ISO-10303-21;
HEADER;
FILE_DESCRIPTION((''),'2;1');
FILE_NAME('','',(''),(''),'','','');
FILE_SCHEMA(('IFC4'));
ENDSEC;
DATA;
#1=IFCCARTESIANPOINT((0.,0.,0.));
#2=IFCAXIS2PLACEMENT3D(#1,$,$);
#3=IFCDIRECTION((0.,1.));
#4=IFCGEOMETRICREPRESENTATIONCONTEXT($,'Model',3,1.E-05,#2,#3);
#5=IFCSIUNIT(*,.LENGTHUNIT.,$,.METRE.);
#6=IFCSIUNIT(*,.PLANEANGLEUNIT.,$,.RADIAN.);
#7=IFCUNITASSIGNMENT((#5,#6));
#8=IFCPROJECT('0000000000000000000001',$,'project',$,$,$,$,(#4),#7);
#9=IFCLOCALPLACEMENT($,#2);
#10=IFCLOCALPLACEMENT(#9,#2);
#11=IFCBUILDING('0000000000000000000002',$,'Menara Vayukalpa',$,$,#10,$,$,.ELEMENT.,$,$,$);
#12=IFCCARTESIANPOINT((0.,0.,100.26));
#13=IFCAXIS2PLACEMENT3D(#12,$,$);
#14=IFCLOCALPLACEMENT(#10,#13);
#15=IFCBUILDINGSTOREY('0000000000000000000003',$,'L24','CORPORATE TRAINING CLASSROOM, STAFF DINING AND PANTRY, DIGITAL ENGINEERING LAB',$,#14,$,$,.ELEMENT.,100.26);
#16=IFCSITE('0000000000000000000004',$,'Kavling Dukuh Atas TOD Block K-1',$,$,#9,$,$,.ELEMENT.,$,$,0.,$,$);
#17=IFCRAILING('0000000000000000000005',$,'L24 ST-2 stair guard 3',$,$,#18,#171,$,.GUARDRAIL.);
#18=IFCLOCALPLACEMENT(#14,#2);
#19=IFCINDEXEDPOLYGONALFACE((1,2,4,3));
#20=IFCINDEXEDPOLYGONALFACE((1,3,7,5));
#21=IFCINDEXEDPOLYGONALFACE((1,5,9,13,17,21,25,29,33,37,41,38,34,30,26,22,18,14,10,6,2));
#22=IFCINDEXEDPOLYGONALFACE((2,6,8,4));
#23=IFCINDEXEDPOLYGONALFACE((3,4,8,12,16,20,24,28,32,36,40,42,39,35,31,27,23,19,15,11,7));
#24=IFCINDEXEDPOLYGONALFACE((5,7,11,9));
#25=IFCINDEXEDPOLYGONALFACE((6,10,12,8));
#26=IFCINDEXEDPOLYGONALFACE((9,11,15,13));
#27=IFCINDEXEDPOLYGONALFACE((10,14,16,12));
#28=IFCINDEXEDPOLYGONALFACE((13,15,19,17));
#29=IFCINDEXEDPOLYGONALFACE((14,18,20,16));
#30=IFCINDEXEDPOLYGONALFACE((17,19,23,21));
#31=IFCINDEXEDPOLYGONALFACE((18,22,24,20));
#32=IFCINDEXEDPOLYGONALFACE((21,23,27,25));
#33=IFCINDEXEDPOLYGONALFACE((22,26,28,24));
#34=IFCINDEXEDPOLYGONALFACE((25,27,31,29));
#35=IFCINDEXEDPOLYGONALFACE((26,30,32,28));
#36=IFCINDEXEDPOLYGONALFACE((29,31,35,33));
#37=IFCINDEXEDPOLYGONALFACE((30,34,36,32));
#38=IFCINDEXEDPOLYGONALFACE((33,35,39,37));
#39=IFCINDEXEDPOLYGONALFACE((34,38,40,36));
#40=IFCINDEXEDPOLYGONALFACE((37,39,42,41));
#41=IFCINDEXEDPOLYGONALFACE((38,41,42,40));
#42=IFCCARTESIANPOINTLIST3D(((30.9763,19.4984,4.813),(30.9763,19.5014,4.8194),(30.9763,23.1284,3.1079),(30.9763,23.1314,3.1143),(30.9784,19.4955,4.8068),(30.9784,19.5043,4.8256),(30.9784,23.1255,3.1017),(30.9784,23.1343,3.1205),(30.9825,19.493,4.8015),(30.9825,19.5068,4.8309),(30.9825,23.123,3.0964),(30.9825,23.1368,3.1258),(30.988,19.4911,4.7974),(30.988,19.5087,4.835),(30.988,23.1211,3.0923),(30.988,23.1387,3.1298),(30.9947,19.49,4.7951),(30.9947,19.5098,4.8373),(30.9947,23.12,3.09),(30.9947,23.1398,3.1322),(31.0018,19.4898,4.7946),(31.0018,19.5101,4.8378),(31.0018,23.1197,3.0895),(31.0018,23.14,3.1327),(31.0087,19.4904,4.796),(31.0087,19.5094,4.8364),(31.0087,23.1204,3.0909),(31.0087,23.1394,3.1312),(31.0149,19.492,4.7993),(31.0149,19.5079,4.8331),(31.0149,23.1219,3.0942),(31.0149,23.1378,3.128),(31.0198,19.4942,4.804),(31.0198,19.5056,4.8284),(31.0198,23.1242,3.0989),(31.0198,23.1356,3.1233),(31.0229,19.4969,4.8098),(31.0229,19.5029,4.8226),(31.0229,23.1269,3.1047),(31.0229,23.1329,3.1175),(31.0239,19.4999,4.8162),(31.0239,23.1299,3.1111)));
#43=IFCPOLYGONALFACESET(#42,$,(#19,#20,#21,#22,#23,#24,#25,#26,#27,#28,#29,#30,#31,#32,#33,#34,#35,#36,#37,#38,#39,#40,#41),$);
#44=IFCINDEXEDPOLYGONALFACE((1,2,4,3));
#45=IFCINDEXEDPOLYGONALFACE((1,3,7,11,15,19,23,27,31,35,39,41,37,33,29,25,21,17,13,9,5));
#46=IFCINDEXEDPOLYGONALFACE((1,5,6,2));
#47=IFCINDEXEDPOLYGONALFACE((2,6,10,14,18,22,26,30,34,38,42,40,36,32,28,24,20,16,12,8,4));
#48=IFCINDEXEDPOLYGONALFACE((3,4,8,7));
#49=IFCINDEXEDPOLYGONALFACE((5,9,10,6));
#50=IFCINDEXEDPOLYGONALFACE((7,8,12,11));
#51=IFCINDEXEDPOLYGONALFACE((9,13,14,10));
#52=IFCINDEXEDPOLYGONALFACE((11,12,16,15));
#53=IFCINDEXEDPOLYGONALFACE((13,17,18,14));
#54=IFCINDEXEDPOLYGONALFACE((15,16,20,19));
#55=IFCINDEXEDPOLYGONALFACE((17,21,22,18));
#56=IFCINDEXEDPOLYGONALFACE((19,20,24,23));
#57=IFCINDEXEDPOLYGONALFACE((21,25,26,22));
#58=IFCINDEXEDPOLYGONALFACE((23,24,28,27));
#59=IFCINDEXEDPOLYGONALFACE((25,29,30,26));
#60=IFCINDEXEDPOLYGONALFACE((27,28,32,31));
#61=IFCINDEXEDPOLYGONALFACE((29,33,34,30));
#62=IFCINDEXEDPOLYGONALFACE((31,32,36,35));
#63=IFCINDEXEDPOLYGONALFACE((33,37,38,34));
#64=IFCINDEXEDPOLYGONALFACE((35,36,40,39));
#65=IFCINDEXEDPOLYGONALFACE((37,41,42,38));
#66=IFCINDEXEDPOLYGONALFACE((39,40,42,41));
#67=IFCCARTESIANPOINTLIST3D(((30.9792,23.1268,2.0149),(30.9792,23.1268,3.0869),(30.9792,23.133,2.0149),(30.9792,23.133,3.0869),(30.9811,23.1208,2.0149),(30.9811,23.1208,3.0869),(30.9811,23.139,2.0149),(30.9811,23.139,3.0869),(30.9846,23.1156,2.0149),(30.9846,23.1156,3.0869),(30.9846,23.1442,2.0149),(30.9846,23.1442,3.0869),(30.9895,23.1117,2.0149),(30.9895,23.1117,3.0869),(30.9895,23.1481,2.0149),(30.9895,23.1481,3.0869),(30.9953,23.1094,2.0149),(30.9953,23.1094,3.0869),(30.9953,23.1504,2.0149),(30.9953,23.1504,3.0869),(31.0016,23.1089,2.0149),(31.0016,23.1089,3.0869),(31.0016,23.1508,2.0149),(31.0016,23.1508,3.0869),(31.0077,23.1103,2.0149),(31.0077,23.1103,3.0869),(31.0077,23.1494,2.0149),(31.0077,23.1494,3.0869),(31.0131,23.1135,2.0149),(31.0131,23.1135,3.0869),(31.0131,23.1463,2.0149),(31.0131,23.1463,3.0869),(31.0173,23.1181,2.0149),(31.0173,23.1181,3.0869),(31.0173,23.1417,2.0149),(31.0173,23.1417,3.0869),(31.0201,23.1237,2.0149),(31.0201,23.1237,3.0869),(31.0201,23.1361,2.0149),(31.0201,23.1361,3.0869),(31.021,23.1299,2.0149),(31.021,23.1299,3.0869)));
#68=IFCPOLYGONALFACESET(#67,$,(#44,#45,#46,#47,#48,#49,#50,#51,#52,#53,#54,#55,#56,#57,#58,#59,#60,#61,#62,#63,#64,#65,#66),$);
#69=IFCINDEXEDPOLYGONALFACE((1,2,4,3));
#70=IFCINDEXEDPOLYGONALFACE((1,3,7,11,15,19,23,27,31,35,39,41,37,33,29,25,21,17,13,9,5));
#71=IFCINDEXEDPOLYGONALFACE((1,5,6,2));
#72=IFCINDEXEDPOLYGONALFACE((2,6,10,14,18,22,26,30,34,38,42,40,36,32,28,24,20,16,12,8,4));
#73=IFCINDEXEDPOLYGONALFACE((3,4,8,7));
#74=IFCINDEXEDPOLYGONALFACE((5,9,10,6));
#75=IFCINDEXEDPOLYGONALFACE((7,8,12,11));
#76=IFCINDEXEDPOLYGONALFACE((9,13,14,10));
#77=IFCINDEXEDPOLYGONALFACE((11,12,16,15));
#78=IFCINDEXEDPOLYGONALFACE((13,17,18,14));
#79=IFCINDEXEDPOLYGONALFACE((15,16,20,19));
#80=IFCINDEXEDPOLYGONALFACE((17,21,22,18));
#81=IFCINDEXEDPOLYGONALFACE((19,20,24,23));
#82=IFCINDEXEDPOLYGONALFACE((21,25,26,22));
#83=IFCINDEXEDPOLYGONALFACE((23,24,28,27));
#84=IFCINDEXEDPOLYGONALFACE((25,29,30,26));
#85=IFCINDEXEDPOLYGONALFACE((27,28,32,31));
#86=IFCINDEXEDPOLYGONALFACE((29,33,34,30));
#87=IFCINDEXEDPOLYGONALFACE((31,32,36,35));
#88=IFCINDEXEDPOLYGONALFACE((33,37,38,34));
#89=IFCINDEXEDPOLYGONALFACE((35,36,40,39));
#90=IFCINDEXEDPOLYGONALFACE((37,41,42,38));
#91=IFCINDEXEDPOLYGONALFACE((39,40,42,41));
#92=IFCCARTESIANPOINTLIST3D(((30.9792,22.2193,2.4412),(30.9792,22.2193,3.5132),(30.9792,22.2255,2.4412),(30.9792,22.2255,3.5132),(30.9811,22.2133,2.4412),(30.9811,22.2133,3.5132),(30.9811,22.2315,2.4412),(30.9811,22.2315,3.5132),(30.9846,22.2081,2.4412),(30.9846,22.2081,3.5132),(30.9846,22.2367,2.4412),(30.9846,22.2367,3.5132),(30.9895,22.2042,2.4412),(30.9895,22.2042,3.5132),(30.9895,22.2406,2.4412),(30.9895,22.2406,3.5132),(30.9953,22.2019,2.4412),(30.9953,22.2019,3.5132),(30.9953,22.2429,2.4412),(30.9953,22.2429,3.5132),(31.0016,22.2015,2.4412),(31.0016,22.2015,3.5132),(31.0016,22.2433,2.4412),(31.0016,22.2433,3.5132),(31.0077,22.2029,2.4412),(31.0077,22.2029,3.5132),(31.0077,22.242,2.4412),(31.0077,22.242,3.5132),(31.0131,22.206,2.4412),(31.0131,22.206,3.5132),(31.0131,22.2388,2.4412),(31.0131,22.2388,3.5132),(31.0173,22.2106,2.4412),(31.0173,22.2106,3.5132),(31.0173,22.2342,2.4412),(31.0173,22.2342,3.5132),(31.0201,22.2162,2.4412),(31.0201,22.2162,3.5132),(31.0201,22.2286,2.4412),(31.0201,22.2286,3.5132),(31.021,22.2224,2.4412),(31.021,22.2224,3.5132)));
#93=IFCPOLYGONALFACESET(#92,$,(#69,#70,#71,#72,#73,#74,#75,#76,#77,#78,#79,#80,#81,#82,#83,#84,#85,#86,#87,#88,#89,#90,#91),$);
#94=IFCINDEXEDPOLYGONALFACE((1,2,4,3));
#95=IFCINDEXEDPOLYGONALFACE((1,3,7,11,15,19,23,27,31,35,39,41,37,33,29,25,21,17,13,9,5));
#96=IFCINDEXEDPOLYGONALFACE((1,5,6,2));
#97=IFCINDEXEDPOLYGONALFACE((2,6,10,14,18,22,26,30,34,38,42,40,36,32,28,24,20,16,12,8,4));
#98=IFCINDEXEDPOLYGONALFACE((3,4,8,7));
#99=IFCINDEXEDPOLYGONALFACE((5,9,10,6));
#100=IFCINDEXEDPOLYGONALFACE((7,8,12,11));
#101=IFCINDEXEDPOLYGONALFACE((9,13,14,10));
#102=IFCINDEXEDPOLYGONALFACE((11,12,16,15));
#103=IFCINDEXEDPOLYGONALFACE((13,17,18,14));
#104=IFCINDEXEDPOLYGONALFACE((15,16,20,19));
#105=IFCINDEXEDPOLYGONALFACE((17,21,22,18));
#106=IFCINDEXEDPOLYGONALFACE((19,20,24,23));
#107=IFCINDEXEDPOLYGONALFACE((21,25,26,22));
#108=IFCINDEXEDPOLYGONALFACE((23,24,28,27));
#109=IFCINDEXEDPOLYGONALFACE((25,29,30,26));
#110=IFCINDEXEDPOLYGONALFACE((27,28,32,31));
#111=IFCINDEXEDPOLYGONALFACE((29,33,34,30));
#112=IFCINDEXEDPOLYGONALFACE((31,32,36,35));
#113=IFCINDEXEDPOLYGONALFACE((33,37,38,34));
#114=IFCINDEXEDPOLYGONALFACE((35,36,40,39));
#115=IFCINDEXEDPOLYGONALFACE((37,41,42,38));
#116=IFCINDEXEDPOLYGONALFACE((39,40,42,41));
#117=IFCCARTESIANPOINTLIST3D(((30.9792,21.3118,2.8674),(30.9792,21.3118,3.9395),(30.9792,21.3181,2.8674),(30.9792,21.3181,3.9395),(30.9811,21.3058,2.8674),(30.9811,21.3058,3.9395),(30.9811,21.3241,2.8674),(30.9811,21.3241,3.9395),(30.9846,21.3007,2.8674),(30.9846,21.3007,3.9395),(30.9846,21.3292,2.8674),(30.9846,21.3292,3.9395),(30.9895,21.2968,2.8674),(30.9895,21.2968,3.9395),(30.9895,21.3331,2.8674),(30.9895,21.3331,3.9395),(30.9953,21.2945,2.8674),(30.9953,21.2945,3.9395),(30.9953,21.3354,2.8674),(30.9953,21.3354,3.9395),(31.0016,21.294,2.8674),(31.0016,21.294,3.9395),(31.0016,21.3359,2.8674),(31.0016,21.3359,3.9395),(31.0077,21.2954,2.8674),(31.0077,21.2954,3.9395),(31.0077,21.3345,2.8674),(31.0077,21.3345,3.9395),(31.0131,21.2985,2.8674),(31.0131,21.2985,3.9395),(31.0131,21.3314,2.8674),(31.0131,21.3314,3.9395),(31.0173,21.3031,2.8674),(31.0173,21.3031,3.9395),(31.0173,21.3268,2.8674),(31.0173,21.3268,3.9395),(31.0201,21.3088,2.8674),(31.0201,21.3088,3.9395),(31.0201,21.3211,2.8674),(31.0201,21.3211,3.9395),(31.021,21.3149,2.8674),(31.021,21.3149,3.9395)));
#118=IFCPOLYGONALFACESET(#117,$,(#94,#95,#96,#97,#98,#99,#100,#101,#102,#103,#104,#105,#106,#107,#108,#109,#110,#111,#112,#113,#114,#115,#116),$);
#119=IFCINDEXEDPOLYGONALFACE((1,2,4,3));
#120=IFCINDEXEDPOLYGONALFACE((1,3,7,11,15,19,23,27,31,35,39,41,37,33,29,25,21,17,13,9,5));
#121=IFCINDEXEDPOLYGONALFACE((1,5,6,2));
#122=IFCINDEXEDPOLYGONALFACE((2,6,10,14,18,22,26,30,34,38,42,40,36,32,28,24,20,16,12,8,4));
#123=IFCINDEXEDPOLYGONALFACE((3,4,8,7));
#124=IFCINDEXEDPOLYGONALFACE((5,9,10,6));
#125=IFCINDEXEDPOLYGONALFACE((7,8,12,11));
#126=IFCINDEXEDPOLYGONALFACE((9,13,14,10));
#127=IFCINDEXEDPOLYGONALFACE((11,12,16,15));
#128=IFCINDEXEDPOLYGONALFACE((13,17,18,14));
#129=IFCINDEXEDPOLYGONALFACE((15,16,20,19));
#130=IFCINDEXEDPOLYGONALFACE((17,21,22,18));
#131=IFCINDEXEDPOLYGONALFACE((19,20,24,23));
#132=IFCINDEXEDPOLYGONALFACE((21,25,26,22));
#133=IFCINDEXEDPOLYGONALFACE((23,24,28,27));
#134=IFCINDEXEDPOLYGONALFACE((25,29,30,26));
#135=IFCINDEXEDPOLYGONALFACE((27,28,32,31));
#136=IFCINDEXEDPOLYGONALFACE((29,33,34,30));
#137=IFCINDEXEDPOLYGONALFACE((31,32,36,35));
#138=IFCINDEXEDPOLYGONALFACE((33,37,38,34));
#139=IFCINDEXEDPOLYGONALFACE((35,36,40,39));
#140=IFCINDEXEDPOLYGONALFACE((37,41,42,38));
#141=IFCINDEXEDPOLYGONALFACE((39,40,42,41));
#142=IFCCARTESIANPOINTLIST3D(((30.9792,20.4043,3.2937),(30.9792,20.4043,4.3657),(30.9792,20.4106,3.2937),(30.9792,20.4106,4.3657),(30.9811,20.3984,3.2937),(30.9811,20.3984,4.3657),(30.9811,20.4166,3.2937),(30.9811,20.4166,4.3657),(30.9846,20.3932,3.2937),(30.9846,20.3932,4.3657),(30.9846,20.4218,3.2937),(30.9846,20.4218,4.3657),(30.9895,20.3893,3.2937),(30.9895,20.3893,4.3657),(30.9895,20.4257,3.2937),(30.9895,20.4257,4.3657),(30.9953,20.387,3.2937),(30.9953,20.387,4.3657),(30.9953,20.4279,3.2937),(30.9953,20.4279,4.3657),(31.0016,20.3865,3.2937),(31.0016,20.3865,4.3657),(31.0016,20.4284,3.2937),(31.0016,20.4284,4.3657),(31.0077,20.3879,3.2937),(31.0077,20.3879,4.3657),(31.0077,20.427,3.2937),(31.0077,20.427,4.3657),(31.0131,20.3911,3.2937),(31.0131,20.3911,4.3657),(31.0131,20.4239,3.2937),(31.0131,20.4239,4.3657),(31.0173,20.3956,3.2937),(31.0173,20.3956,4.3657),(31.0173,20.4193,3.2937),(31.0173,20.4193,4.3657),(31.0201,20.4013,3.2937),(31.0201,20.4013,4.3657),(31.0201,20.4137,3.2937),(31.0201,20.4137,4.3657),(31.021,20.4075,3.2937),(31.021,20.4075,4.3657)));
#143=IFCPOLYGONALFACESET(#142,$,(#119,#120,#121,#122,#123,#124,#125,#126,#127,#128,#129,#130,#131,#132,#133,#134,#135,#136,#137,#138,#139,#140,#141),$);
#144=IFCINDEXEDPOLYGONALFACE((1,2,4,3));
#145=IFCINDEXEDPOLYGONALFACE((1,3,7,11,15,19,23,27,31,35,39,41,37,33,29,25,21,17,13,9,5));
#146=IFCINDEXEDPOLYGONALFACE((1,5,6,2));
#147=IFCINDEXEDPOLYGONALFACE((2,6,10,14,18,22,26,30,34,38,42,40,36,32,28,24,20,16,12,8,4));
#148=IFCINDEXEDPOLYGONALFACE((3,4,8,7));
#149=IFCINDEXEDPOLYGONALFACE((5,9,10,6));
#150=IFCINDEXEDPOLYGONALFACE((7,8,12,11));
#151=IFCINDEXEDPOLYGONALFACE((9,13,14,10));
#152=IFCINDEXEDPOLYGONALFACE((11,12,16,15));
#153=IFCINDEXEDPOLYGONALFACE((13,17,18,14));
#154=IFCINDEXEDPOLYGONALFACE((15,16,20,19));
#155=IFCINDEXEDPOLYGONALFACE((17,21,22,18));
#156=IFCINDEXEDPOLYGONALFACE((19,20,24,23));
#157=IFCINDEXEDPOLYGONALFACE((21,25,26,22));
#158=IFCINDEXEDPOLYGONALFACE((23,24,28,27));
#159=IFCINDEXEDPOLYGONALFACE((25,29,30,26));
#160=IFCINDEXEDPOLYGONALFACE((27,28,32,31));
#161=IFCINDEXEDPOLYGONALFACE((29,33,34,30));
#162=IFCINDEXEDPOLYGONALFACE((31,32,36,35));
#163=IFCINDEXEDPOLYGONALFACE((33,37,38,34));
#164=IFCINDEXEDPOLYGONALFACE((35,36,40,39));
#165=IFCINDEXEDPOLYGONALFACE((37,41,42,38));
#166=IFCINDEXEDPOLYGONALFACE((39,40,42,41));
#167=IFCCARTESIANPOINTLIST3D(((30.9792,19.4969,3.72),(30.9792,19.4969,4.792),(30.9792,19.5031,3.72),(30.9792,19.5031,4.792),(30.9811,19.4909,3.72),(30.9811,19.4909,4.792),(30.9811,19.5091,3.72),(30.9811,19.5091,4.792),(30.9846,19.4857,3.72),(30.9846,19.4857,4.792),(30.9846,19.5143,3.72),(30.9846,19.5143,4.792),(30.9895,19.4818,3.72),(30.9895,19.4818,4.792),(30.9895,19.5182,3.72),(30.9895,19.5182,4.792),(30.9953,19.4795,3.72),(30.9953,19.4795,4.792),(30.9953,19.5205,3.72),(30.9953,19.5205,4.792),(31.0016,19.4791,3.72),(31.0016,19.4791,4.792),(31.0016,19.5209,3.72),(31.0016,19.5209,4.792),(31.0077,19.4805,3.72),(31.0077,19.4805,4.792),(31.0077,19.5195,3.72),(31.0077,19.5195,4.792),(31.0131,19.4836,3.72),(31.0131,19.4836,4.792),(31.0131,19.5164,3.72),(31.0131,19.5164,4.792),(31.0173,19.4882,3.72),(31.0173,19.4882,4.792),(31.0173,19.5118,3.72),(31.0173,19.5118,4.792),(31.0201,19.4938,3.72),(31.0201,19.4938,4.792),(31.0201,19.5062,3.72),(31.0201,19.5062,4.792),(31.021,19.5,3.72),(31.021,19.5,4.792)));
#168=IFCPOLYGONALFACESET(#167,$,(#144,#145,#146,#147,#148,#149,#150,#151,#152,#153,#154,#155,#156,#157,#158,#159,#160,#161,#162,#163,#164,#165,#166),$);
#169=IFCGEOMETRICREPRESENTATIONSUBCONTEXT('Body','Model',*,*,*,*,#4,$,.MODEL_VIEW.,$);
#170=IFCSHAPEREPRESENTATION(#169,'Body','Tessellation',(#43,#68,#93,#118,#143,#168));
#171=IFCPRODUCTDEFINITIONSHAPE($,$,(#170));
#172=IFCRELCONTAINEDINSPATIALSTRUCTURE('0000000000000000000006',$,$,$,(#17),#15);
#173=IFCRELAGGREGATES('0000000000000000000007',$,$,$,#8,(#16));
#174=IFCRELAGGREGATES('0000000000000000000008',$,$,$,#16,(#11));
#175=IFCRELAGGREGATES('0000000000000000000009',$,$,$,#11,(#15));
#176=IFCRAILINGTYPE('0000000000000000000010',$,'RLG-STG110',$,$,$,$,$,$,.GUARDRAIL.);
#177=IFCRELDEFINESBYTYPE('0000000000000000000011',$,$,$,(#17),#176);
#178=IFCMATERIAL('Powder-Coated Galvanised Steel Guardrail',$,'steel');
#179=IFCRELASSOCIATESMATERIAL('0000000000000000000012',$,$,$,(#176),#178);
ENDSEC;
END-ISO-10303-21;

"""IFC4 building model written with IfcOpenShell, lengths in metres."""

from ifc_helpers import new_model, si_unit, direction, frame, origin, origin_2d, place, context, subcontext, project, spatial, circle, extrude, material, type_object, element, save


model = new_model("IFC4")

# Units and contexts
model_context = context("Model", 3, precision=1e-05, world=origin(), true_north=direction((0.0, 1.0)))
body_context = subcontext(model_context, "Body", "Model", "MODEL_VIEW")
ifc_project = project(units=[si_unit("LENGTHUNIT", "METRE"), si_unit("PLANEANGLEUNIT", "RADIAN")], contexts=[model_context])

# Site, building, storey
site_placement = place(None, origin())
site = spatial("IfcSite", under=ifc_project, at=site_placement, Name="Kavling Dukuh Atas TOD Block K-1", CompositionType="ELEMENT", RefElevation=0.0)
building_placement = place(site_placement, origin())
building = spatial("IfcBuilding", under=site, at=building_placement, Name="Menara Vayukalpa", CompositionType="ELEMENT")
storey_placement = place(building_placement, frame((0.0, 0.0, 100.26)))
storey = spatial("IfcBuildingStorey", under=building, at=storey_placement, Name="L24", Description="CORPORATE TRAINING CLASSROOM, STAFF DINING AND PANTRY, DIGITAL ENGINEERING LAB", CompositionType="ELEMENT", Elevation=100.26)

# Railing
ifc_material_1 = material(Name="Powder-Coated Galvanised Steel Guardrail", Category="steel")
railing_type_1 = type_object("IfcRailingType", Name="RLG-STG110", PredefinedType="GUARDRAIL", material=ifc_material_1)
railing_1_placement = place(storey_placement, frame((31.0, 23.1299, 2.0149)))
element("IfcRailing", 1, at=railing_1_placement, inside=storey, type_object=railing_type_1, Name="L24 ST-2 stair guard 3", PredefinedType="GUARDRAIL", context=body_context, shape_type="SweptSolid", body=[
    extrude(circle(Radius=0.0239, at=origin_2d()), frame((0.0, 0.0, 1.0962), z_axis=(0.0, -0.905116, 0.425164), x_axis=(1.0, 0.0, 0.0)), (0.0, 0.0, 1.0), 4.0105),
    extrude(circle(Radius=0.021, at=origin_2d()), origin(), (0.0, 0.0, 1.0), 1.072),
    extrude(circle(Radius=0.021, at=origin_2d()), frame((0.0, -0.9075, 0.4263)), (0.0, 0.0, 1.0), 1.072),
    extrude(circle(Radius=0.021, at=origin_2d()), frame((0.0, -1.8149, 0.8525)), (0.0, 0.0, 1.0), 1.072),
    extrude(circle(Radius=0.021, at=origin_2d()), frame((0.0, -2.7224, 1.2788)), (0.0, 0.0, 1.0), 1.072),
    extrude(circle(Radius=0.021, at=origin_2d()), frame((0.0, -3.6299, 1.7051)), (0.0, 0.0, 1.0), 1.072),
])

save(model, "model.ifc")
